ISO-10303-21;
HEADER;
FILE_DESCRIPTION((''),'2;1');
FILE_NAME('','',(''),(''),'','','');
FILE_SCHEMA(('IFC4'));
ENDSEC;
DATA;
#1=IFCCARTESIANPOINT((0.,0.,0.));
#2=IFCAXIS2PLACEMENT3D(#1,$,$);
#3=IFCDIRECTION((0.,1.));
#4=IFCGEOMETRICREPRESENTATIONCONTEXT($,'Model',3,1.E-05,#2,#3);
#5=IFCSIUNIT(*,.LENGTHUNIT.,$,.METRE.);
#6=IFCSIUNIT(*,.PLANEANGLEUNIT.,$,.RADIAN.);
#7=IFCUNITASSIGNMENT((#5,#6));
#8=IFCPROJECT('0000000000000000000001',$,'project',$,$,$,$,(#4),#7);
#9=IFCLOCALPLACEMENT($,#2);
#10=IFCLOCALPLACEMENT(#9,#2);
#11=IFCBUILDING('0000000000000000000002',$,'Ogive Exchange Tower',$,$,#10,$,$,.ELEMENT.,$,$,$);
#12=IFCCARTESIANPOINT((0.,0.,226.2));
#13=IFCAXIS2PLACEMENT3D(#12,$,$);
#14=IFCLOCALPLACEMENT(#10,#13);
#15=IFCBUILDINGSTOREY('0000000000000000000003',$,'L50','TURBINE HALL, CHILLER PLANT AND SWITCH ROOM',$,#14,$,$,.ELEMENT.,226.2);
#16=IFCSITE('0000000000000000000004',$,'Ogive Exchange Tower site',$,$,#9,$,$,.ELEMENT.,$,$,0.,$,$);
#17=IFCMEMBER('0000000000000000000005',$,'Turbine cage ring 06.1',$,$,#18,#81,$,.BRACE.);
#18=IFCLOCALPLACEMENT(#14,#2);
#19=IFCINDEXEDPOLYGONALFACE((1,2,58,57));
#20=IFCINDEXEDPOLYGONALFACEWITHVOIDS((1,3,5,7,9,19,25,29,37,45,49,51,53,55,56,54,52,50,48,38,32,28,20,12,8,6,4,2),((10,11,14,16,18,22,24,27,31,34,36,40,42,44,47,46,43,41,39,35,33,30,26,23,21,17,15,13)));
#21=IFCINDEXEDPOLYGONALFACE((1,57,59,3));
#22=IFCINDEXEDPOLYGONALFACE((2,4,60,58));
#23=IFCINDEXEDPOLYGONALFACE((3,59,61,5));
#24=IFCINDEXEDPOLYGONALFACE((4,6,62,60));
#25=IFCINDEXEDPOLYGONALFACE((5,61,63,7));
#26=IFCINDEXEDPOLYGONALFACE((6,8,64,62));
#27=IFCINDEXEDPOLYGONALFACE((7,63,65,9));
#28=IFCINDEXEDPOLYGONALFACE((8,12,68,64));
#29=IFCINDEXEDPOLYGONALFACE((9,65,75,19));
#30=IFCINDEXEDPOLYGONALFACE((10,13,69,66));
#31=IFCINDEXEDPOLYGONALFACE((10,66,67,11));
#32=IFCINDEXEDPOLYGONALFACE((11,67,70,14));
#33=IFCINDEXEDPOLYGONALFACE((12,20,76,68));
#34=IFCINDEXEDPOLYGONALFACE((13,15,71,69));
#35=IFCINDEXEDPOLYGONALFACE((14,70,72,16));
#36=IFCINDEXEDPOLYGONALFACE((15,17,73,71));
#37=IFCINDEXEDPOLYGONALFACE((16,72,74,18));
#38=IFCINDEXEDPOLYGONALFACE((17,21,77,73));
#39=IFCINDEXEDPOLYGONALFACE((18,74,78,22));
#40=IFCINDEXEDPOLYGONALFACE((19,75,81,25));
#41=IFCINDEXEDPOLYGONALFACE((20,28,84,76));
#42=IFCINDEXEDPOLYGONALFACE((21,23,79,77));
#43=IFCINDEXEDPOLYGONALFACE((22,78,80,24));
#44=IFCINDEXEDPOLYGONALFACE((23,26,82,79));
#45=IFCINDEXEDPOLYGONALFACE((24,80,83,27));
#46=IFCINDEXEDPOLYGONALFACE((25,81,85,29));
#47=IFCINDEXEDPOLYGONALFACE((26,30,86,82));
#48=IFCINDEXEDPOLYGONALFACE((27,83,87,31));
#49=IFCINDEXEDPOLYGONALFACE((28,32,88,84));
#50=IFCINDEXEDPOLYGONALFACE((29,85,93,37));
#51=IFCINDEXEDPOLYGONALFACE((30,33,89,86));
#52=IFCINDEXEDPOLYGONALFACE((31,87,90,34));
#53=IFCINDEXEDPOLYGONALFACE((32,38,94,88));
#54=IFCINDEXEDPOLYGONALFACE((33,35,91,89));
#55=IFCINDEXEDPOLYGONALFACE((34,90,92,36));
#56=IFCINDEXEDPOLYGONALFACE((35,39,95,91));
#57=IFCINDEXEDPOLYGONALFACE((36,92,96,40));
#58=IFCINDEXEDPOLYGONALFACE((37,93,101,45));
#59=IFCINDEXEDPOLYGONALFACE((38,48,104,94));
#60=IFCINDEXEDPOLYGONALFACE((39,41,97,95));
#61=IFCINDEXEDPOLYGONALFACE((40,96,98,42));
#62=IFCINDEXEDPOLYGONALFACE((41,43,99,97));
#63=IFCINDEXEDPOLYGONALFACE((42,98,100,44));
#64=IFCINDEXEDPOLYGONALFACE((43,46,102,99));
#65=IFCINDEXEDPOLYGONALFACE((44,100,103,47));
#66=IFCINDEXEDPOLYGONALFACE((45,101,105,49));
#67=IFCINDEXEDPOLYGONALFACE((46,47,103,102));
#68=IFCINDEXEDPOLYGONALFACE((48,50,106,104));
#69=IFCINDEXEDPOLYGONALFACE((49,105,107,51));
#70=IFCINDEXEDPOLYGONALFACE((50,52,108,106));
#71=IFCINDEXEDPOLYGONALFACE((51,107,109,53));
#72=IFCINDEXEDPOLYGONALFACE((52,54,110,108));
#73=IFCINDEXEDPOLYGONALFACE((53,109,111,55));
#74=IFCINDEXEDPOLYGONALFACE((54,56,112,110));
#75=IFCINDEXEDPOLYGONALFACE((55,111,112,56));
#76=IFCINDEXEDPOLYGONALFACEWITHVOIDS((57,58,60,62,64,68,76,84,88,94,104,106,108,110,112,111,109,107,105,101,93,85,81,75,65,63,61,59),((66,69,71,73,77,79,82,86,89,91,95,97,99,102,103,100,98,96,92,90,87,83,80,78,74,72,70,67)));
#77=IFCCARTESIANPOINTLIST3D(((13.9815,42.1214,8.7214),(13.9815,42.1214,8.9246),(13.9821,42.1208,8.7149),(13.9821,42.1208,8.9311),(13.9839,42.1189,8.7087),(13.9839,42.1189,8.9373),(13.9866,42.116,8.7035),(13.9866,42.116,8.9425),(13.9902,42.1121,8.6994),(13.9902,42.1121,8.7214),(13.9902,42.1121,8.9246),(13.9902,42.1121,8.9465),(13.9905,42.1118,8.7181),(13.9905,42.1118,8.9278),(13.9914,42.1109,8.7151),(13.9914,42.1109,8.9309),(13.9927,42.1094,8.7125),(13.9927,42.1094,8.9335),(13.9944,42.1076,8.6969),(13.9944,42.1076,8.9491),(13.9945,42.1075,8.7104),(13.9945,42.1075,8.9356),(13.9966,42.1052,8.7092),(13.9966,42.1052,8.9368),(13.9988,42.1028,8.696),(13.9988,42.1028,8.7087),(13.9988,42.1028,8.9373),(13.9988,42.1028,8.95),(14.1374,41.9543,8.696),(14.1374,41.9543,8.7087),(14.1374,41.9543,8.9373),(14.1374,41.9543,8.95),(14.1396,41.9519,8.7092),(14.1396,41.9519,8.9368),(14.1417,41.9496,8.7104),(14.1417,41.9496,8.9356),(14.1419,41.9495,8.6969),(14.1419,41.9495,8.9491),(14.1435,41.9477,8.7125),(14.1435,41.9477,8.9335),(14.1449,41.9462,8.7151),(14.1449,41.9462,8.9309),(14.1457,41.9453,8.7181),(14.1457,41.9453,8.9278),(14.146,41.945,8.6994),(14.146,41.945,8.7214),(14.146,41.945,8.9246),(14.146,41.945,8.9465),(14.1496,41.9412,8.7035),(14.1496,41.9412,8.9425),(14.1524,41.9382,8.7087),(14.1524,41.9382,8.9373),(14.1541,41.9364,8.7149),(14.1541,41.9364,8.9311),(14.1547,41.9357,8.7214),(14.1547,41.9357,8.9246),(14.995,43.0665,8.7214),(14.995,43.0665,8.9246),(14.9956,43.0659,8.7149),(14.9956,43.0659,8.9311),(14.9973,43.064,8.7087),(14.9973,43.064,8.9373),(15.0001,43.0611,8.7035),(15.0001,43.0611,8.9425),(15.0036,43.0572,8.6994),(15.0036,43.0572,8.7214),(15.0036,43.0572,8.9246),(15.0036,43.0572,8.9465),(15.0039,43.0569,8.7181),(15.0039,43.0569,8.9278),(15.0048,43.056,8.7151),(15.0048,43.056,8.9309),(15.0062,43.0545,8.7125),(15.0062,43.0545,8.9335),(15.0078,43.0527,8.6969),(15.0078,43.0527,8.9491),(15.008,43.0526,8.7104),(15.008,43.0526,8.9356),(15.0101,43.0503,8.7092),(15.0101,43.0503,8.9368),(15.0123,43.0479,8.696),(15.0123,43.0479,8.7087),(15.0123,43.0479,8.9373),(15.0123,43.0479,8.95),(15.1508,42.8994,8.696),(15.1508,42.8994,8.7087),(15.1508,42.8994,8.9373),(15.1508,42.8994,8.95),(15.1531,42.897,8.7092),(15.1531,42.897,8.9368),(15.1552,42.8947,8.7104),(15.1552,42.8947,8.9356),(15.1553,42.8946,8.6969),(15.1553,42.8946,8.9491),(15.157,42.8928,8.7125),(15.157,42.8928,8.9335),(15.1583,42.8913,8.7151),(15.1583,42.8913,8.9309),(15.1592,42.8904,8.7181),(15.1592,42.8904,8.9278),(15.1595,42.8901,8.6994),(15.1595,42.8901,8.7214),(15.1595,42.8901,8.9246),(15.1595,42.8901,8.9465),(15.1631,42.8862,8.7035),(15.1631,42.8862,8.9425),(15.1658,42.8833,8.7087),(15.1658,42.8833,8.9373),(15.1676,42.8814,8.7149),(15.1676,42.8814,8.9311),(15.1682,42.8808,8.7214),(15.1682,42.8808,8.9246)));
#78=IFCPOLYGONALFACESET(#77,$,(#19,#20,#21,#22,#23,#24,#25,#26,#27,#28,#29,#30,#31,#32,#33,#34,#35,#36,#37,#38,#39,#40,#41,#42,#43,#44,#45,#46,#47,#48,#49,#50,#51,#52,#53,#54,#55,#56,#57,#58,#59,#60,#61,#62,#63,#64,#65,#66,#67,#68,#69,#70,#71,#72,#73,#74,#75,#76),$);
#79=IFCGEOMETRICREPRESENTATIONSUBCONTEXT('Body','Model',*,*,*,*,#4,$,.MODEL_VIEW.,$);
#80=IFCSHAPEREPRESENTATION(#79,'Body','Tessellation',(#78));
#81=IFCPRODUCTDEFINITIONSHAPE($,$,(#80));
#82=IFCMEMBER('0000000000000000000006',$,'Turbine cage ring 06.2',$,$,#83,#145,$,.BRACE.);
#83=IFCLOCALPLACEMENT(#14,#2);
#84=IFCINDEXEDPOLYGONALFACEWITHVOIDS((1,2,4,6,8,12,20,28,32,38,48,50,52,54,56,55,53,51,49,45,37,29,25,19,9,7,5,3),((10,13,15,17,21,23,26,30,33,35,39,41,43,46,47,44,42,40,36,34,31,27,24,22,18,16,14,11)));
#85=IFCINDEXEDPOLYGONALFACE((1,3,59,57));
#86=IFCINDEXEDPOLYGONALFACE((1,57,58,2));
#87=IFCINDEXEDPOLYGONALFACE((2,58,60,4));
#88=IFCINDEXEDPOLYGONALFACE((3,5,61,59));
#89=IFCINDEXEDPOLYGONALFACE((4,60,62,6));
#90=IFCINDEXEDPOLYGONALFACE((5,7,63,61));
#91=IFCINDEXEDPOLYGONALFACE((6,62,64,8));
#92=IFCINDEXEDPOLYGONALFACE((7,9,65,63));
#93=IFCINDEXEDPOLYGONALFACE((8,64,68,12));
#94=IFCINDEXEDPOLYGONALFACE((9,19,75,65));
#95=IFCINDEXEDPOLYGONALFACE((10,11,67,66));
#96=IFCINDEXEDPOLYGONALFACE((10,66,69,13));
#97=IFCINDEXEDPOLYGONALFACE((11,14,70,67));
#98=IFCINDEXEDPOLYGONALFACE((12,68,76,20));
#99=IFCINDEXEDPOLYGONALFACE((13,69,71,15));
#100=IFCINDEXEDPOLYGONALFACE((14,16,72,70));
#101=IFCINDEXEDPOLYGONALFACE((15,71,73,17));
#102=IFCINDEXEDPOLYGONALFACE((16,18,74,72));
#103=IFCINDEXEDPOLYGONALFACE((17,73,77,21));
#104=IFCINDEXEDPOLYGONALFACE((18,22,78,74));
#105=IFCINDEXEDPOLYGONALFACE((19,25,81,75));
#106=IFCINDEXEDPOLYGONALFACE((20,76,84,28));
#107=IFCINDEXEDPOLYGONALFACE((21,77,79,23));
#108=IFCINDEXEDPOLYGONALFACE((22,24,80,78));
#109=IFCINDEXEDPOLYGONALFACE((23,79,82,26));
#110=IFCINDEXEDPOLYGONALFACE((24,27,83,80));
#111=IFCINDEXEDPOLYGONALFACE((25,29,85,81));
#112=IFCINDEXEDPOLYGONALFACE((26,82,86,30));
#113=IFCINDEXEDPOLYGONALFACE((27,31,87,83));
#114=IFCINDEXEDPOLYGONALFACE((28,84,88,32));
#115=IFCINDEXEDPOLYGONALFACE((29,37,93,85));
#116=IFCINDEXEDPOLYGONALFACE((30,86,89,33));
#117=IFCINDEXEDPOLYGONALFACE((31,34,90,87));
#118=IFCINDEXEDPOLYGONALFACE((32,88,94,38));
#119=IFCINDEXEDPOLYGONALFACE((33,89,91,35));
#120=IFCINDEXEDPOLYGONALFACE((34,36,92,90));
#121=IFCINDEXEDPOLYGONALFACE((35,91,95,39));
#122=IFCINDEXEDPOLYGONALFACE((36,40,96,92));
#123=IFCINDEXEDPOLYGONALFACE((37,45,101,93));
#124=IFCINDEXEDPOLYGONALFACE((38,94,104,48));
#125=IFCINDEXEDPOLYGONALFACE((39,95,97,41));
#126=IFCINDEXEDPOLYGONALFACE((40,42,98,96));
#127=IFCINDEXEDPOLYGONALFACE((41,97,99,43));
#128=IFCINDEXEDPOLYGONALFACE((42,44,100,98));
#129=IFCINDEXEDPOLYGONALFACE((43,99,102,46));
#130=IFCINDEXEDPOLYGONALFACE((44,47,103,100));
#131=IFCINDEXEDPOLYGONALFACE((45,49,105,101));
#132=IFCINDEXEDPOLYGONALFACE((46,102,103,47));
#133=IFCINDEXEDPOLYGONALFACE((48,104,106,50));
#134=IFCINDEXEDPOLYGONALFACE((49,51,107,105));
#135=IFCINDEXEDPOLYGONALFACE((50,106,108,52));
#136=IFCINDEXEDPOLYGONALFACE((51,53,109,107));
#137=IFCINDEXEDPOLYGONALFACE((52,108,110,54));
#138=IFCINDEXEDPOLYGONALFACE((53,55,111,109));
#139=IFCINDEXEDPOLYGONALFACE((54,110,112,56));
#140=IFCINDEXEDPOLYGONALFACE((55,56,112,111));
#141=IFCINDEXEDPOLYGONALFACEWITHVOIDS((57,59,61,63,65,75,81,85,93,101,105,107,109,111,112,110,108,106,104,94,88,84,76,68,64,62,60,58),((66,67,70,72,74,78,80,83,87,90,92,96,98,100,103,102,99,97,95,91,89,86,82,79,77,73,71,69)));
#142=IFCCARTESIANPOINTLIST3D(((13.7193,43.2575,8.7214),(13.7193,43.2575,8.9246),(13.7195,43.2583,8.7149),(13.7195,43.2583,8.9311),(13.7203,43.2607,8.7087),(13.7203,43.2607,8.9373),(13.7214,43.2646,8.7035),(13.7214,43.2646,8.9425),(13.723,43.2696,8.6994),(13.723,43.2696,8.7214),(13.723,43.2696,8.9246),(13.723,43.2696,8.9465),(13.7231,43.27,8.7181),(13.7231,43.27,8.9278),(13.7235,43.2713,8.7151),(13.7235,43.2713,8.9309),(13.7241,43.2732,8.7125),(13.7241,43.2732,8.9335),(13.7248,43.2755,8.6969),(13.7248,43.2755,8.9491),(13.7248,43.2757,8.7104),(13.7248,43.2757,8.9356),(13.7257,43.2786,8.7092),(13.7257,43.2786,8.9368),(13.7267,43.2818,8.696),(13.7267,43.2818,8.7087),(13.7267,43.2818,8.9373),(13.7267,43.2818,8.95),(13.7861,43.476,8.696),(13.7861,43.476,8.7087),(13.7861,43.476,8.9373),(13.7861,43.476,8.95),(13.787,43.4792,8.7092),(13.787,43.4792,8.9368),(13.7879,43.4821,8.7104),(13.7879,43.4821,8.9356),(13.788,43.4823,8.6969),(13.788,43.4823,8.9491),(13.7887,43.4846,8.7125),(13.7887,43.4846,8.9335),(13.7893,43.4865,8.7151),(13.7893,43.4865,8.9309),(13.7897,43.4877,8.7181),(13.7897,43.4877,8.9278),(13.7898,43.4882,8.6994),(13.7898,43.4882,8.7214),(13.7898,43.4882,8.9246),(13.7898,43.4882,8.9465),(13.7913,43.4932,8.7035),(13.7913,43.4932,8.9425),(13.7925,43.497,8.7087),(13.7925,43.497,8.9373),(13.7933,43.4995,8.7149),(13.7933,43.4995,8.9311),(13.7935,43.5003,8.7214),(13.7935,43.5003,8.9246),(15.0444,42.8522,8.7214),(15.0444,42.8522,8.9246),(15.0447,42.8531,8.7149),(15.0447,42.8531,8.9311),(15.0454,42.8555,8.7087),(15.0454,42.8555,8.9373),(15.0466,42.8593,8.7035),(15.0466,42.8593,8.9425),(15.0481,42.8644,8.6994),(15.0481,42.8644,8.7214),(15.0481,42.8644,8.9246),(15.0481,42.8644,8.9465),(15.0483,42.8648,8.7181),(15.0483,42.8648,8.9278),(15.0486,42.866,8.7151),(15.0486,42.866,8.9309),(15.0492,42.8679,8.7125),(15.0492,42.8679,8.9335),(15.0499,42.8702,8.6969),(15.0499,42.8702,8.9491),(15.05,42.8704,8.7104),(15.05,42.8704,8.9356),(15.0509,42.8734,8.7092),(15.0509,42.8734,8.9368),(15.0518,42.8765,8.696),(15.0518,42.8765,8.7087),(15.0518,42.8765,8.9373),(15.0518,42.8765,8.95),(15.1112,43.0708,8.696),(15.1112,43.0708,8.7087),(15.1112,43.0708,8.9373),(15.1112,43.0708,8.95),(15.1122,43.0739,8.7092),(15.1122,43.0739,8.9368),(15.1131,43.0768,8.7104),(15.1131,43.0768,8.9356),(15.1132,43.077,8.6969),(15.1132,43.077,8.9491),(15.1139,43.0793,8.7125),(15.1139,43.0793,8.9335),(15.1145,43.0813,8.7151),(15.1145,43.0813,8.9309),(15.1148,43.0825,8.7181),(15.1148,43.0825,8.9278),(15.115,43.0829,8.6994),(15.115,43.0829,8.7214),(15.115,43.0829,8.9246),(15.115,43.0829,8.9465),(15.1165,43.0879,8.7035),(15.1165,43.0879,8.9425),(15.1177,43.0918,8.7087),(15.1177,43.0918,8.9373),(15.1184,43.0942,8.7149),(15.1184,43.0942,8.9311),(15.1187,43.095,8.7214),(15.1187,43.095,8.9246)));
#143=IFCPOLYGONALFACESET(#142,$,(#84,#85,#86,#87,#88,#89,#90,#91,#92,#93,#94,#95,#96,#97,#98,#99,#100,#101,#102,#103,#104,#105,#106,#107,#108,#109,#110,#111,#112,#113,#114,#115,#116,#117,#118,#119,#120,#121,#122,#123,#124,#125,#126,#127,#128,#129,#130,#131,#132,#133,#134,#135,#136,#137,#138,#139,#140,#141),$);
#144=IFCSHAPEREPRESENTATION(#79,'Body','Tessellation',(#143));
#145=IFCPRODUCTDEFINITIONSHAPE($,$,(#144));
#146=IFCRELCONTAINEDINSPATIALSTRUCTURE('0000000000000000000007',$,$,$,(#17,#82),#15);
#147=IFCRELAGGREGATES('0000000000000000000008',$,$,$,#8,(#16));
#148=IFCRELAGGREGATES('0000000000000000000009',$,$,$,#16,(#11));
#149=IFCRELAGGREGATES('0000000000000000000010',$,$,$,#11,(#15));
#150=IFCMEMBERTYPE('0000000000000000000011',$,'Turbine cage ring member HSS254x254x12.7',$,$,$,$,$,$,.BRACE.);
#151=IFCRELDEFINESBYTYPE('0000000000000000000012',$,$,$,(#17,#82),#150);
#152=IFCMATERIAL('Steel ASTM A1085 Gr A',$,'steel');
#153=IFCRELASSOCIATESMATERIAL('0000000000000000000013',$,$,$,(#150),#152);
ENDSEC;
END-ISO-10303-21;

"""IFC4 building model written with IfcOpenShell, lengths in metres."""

from ifc_helpers import new_model, si_unit, direction, frame, origin, origin_2d, place, context, subcontext, project, spatial, hollow_rectangle, extrude, material, material_profile, profile_set, type_object, element, save


model = new_model("IFC4")

# Units and contexts
model_context = context("Model", 3, precision=1e-05, world=origin(), true_north=direction((0.0, 1.0)))
body_context = subcontext(model_context, "Body", "Model", "MODEL_VIEW")
ifc_project = project(units=[si_unit("LENGTHUNIT", "METRE"), si_unit("PLANEANGLEUNIT", "RADIAN")], contexts=[model_context])

# Site, building, storey
site_placement = place(None, origin())
site = spatial("IfcSite", under=ifc_project, at=site_placement, Name="Ogive Exchange Tower site", CompositionType="ELEMENT", RefElevation=0.0)
building_placement = place(site_placement, origin())
building = spatial("IfcBuilding", under=site, at=building_placement, Name="Ogive Exchange Tower", CompositionType="ELEMENT")
storey_placement = place(building_placement, frame((0.0, 0.0, 226.2)))
storey = spatial("IfcBuildingStorey", under=building, at=storey_placement, Name="L50", Description="TURBINE HALL, CHILLER PLANT AND SWITCH ROOM", CompositionType="ELEMENT", Elevation=226.2)

# Shared definitions
ifc_material_1 = material(Name="Steel ASTM A1085 Gr A", Category="steel")

# Members
ifc_material_profile_1 = material_profile(ifc_material_1, hollow_rectangle(XDim=0.2539, YDim=0.2539, WallThickness=0.0127, InnerFilletRadius=0.0127, OuterFilletRadius=0.0254, at=origin_2d()), Name="HSS254x254x12.7")
ifc_profile_set_1 = profile_set([ifc_material_profile_1], Name="Steel ASTM A1085 Gr A")
member_type_1 = type_object("IfcMemberType", Name="Turbine cage ring member HSS254x254x12.7", PredefinedType="BRACE", material=ifc_profile_set_1)
for number, where, z_axis, x_axis, name in (
    (1, (14.0681, 42.0286, 8.823), (0.731342, 0.682011, 0.0), (-0.682011, 0.731342, 0.0), "Turbine cage ring 06.1"),
    (2, (15.0815, 42.9736, 8.823), (-0.95628, 0.292451, 0.0), (-0.292451, -0.95628, 0.0), "Turbine cage ring 06.2"),
):
    element("IfcMember", number, at=place(storey_placement, frame(where, z_axis=z_axis, x_axis=x_axis)), inside=storey, type_object=member_type_1, Name=name, PredefinedType="BRACE", context=body_context, shape_type="SweptSolid", body=[
        extrude(hollow_rectangle(XDim=0.2539, YDim=0.2539, WallThickness=0.0127, InnerFilletRadius=0.0127, OuterFilletRadius=0.0254, at=origin_2d()), origin(), (0.0, 0.0, 1.0), 1.3857),
    ])

save(model, "model.ifc")
